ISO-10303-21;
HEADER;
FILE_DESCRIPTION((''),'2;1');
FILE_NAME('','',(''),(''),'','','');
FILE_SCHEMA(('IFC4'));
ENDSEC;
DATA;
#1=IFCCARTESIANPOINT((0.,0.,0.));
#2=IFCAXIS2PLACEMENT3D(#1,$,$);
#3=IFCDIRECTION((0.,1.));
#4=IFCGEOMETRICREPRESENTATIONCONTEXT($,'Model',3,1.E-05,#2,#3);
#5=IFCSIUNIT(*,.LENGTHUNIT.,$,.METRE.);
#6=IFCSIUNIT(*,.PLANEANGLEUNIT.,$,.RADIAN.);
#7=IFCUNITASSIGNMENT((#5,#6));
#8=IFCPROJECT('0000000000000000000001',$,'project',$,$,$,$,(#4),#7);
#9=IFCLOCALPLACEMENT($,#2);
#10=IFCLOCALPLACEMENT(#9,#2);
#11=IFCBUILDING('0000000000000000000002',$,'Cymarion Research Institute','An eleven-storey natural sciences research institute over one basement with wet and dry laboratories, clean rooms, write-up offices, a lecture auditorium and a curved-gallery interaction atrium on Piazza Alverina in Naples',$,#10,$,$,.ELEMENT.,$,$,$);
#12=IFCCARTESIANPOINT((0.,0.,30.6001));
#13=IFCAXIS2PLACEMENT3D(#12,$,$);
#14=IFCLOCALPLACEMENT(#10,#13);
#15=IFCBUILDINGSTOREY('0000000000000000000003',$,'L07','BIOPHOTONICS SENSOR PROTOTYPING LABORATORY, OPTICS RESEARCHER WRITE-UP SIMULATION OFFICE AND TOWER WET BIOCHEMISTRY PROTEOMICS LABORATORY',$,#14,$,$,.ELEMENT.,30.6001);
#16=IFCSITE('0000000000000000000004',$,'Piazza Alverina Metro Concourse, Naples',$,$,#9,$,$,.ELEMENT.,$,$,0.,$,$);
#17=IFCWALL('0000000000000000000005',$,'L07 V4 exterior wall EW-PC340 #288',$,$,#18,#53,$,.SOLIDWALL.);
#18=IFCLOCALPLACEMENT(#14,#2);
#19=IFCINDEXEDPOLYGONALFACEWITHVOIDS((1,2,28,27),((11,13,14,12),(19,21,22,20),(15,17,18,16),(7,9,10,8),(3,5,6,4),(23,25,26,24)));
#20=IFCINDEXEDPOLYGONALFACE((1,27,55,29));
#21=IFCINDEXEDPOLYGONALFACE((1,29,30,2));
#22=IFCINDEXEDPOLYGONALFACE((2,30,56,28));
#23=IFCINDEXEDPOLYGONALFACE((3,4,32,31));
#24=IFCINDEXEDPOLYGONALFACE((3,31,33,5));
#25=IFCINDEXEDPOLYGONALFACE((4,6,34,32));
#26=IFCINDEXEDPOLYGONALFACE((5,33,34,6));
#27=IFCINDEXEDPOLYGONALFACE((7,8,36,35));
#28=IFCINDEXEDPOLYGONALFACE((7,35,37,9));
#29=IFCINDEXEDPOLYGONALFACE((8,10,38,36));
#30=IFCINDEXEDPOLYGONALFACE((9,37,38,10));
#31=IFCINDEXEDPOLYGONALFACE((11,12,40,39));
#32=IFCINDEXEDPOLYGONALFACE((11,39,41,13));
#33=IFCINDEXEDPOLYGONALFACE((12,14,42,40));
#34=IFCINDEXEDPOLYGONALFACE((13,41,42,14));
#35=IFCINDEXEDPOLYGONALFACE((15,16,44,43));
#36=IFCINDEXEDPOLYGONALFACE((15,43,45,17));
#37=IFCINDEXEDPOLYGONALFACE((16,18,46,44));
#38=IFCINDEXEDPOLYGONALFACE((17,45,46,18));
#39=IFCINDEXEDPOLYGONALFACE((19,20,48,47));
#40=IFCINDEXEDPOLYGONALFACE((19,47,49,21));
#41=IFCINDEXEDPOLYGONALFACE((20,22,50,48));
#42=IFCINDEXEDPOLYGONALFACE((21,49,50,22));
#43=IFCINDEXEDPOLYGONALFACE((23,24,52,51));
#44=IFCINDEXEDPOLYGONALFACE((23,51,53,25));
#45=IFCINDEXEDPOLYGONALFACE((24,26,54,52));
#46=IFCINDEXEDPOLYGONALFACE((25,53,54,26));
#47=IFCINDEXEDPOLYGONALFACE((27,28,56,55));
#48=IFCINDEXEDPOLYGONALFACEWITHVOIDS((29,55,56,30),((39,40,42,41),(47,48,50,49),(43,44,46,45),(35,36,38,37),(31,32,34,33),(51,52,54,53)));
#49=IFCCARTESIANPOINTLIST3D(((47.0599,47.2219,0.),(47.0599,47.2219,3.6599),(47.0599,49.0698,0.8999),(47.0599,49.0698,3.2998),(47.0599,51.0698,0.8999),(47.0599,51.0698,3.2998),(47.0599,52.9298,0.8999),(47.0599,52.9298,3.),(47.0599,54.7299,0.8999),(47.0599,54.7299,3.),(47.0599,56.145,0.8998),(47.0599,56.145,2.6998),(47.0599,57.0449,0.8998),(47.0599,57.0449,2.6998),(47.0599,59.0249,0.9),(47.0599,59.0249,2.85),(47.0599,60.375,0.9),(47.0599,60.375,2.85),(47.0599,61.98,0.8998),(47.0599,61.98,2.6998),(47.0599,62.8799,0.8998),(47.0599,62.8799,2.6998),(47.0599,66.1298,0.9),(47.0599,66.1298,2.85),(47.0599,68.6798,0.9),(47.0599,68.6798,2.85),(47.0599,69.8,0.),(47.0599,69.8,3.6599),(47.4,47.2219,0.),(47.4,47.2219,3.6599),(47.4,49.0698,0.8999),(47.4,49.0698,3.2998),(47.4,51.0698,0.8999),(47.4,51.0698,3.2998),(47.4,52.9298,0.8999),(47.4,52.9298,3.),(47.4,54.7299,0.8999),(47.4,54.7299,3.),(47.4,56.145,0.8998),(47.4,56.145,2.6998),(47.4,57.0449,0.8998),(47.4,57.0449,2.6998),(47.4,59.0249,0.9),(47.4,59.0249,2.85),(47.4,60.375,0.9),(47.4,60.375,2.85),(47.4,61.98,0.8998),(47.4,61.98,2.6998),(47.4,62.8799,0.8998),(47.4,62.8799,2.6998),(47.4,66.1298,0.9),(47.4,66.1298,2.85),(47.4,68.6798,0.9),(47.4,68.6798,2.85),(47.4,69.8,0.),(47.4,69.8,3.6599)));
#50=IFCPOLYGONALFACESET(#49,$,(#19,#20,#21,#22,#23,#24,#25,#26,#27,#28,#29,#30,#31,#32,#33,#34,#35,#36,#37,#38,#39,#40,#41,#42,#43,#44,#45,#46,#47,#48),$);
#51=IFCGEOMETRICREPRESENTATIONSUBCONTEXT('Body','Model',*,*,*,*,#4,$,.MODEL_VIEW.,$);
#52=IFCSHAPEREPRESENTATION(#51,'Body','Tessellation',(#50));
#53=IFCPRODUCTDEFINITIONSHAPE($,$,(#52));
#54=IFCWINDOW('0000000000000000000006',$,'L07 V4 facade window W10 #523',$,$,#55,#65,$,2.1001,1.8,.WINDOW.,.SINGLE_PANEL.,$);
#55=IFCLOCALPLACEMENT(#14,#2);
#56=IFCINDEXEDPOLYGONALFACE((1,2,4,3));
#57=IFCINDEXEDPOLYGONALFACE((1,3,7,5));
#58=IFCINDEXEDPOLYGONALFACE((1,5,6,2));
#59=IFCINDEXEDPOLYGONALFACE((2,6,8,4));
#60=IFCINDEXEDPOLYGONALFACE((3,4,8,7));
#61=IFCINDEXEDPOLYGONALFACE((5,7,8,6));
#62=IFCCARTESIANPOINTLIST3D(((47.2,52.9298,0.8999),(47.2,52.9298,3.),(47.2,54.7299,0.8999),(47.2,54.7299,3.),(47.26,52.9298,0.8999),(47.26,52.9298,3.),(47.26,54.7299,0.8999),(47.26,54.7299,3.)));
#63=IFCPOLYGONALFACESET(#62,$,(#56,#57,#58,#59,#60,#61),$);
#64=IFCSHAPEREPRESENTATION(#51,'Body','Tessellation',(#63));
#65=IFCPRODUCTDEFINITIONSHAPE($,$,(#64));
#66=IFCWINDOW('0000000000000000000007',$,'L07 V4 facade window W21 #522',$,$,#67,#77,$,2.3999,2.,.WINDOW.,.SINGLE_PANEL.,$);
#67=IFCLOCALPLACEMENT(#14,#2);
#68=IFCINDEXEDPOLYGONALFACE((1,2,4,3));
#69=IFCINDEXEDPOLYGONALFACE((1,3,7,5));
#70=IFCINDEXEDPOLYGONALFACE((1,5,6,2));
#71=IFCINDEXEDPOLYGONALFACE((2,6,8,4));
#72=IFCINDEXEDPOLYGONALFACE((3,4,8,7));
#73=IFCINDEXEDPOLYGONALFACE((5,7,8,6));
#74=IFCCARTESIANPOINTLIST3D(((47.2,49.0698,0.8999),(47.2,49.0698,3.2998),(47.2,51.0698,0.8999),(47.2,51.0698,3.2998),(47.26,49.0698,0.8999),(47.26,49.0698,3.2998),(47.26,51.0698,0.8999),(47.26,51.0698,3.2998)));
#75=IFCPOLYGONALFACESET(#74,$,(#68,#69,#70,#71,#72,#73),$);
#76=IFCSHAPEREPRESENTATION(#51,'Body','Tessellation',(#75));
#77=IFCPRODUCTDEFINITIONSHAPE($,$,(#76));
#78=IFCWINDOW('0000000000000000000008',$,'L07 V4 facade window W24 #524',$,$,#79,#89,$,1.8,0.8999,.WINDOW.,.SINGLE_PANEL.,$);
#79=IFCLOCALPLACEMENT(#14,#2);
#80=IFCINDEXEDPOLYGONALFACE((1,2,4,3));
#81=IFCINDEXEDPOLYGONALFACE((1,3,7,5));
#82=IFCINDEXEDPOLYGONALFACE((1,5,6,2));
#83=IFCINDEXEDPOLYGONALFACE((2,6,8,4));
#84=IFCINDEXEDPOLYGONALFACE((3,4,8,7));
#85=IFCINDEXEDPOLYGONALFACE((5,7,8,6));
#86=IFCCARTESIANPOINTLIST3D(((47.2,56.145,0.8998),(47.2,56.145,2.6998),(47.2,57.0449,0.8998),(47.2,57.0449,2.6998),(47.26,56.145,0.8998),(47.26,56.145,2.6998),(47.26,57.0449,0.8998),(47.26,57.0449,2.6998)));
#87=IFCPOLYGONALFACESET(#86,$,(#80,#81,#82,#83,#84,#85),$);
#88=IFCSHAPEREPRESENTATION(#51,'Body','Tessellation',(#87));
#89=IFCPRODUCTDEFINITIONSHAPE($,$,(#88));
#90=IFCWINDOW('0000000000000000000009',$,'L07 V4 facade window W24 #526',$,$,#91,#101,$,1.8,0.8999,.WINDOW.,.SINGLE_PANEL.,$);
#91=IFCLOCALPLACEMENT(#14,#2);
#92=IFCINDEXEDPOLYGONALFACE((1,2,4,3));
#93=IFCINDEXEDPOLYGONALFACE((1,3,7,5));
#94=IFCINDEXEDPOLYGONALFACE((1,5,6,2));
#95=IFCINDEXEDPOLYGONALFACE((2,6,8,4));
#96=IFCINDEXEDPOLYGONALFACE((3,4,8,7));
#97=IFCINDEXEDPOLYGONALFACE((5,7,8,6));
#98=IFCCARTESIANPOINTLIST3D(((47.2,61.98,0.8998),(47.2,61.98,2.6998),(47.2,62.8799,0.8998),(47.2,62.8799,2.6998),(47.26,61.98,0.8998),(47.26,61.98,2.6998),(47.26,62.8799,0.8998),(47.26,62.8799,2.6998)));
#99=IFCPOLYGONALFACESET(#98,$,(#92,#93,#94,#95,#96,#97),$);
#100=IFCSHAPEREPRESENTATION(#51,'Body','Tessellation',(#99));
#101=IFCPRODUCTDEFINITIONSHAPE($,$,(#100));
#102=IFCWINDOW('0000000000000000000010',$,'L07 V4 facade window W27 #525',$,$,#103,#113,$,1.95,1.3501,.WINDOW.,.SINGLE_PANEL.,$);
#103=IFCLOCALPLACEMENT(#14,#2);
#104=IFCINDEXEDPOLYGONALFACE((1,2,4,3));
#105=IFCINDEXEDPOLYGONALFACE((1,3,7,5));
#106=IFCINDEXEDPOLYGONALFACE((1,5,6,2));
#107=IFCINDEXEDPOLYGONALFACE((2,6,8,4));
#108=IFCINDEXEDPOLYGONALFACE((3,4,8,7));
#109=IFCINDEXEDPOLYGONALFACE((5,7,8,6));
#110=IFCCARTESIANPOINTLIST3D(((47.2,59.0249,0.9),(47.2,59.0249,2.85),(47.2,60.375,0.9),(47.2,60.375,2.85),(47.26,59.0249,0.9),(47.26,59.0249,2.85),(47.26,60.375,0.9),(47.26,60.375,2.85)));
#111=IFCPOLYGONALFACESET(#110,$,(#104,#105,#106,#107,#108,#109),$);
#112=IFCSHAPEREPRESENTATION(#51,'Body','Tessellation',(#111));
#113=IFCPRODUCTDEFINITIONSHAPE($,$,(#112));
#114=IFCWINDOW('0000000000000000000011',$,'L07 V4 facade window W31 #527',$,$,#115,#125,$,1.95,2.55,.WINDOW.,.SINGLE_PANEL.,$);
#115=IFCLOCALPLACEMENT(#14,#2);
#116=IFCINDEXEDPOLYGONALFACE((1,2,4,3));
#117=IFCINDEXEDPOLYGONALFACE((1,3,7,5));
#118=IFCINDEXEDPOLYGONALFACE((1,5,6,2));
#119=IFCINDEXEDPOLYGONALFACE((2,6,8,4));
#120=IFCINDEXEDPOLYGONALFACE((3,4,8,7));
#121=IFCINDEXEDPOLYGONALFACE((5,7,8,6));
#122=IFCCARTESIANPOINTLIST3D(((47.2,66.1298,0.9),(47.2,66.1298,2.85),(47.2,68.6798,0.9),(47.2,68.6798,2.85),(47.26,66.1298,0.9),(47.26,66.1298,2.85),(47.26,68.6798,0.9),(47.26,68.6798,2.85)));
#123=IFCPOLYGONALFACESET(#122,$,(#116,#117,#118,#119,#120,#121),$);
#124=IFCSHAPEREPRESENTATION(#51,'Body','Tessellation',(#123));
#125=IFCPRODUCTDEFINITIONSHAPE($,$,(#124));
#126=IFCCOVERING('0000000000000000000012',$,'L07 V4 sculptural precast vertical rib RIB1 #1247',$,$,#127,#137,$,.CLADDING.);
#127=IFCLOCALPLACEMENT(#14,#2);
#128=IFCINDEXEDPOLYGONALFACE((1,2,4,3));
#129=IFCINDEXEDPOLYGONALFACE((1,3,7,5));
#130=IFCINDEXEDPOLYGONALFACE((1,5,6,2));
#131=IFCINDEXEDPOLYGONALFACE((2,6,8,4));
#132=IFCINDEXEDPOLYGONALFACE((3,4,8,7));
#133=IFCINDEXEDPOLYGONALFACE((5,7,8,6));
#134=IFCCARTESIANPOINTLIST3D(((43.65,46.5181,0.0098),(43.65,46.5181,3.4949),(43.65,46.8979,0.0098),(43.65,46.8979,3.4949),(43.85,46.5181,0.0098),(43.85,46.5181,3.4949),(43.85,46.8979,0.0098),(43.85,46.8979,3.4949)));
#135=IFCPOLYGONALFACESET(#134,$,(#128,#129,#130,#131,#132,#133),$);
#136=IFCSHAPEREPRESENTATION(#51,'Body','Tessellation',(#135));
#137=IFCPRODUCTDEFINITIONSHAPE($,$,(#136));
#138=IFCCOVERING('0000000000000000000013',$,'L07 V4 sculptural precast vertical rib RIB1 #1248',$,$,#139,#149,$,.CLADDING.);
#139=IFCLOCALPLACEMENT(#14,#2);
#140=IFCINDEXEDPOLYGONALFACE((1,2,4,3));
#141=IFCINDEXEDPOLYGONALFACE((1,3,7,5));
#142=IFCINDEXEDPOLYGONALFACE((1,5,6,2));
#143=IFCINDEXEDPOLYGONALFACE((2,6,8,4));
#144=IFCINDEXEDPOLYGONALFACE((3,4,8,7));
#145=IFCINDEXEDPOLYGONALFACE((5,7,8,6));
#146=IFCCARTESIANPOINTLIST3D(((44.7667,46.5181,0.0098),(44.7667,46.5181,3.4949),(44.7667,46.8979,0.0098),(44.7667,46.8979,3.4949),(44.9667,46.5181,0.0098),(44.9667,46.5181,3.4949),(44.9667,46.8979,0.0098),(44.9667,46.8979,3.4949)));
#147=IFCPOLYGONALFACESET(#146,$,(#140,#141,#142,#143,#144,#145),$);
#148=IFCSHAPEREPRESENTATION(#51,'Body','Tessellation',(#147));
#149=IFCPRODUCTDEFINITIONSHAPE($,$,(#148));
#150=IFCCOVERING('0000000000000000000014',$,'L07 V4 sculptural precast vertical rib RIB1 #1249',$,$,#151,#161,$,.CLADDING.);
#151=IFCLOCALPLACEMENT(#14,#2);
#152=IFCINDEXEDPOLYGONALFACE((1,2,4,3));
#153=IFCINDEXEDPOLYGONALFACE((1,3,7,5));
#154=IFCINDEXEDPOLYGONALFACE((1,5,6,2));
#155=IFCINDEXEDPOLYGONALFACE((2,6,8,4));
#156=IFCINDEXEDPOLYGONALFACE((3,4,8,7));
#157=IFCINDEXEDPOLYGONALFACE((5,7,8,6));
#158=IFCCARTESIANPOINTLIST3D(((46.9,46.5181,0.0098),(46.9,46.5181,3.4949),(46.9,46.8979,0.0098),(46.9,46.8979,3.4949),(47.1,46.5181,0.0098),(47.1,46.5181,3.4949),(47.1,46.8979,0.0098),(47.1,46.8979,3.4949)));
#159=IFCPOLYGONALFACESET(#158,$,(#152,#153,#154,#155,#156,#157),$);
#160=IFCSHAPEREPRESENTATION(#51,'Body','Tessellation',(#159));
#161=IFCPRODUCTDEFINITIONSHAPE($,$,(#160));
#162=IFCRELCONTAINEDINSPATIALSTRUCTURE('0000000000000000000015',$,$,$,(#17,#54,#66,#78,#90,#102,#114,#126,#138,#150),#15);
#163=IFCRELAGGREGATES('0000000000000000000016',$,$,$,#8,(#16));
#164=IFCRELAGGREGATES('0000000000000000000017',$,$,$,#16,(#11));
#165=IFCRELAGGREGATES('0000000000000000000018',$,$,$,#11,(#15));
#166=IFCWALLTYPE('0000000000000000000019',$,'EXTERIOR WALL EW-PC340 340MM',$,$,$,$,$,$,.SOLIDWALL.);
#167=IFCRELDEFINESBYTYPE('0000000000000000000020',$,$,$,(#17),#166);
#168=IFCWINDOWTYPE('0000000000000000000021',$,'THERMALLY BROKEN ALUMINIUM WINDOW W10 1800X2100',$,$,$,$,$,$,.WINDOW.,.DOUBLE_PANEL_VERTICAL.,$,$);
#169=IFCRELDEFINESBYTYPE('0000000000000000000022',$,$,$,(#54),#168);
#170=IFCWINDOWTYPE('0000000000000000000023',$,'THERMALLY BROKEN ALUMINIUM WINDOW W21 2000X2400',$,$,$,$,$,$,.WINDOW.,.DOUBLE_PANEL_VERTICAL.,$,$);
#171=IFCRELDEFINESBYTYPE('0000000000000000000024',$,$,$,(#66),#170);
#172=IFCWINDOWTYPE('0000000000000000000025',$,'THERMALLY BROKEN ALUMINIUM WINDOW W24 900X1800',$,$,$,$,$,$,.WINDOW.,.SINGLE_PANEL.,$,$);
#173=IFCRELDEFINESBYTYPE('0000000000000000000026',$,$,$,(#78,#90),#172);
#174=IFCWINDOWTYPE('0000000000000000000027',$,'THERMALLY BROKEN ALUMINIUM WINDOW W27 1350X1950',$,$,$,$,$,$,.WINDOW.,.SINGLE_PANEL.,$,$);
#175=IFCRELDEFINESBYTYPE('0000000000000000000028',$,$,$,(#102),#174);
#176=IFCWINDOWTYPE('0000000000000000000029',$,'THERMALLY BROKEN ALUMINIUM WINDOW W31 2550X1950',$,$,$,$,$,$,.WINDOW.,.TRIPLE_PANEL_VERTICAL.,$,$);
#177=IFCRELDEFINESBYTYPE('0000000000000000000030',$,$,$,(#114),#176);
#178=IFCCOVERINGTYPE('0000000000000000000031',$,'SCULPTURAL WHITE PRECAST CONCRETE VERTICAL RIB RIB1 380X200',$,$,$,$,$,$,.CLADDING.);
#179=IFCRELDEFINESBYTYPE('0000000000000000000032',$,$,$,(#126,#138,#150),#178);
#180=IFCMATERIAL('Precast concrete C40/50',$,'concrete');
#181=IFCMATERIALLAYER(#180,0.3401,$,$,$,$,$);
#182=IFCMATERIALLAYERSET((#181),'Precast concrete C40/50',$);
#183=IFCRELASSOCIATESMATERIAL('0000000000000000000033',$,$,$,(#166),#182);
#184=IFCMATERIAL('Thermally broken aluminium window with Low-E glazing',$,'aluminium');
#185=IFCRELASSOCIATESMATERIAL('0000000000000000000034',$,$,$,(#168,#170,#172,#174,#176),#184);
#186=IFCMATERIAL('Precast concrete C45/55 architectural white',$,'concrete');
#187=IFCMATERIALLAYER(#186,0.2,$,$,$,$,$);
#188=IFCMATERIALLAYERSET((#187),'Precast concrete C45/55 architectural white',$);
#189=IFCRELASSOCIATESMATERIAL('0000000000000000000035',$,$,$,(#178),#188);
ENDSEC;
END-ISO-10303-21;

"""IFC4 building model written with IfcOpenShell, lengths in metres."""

from ifc_helpers import new_model, si_unit, direction, frame, frame_2d, origin, origin_2d, place, context, subcontext, project, spatial, rectangle, extrude, material, layer, layer_set, type_object, element, fill, save


model = new_model("IFC4")

# Units and contexts
model_context = context("Model", 3, precision=1e-05, world=origin(), true_north=direction((0.0, 1.0)))
body_context = subcontext(model_context, "Body", "Model", "MODEL_VIEW")
ifc_project = project(units=[si_unit("LENGTHUNIT", "METRE"), si_unit("PLANEANGLEUNIT", "RADIAN")], contexts=[model_context])

# Site, building, storey
site_placement = place(None, origin())
site = spatial("IfcSite", under=ifc_project, at=site_placement, Name="Piazza Alverina Metro Concourse, Naples", CompositionType="ELEMENT", RefElevation=0.0)
building_placement = place(site_placement, origin())
building = spatial("IfcBuilding", under=site, at=building_placement, Name="Cymarion Research Institute", Description="An eleven-storey natural sciences research institute over one basement with wet and dry laboratories, clean rooms, write-up offices, a lecture auditorium and a curved-gallery interaction atrium on Piazza Alverina in Naples", CompositionType="ELEMENT")
storey_placement = place(building_placement, frame((0.0, 0.0, 30.6001)))
storey = spatial("IfcBuildingStorey", under=building, at=storey_placement, Name="L07", Description="BIOPHOTONICS SENSOR PROTOTYPING LABORATORY, OPTICS RESEARCHER WRITE-UP SIMULATION OFFICE AND TOWER WET BIOCHEMISTRY PROTEOMICS LABORATORY", CompositionType="ELEMENT", Elevation=30.6001)

# Wall, openings, windows
ifc_material_1 = material(Name="Precast concrete C40/50", Category="concrete")
ifc_layer_1 = layer(ifc_material_1, 0.3401)
ifc_layer_set_1 = layer_set([ifc_layer_1], Name="Precast concrete C40/50")
wall_type = type_object("IfcWallType", Name="EXTERIOR WALL EW-PC340 340MM", PredefinedType="SOLIDWALL", material=ifc_layer_set_1)
wall_placement = place(storey_placement, frame((47.23, 47.2219, 0.0), z_axis=(0.0, 0.0, 1.0), x_axis=(0.0, 1.0, 0.0)))
wall = element("IfcWall", 1, at=wall_placement, inside=storey, type_object=wall_type, Name="L07 V4 exterior wall EW-PC340 #288", PredefinedType="SOLIDWALL", context=body_context, shape_type="SweptSolid", body=[
    extrude(rectangle(XDim=22.5781, YDim=0.3401, at=frame_2d((11.2891, 0.0))), origin(), (0.0, 0.0, 1.0), 3.6599),
])
opening_1_placement = place(wall_placement, frame((1.8479, 0.0, 0.8999)))
opening_1 = element("IfcOpeningElement", 2, at=opening_1_placement, cuts=wall, PredefinedType="OPENING", context=body_context, shape_type="SweptSolid", body=[
    extrude(rectangle(XDim=2.0, YDim=2.3999, at=frame_2d((1.0, 1.2))), frame((0.0, 0.1799, 0.0), z_axis=(0.0, -1.0, 0.0), x_axis=(1.0, 0.0, 0.0)), (0.0, 0.0, 1.0), 0.3601),
])
opening_2_placement = place(wall_placement, frame((5.708, 0.0, 0.8999)))
opening_2 = element("IfcOpeningElement", 3, at=opening_2_placement, cuts=wall, PredefinedType="OPENING", context=body_context, shape_type="SweptSolid", body=[
    extrude(rectangle(XDim=1.8, YDim=2.1001, at=frame_2d((0.8999, 1.05))), frame((0.0, 0.1799, 0.0), z_axis=(0.0, -1.0, 0.0), x_axis=(1.0, 0.0, 0.0)), (0.0, 0.0, 1.0), 0.3601),
])
opening_3_placement = place(wall_placement, frame((8.9231, 0.0, 0.8999)))
opening_3 = element("IfcOpeningElement", 4, at=opening_3_placement, cuts=wall, PredefinedType="OPENING", context=body_context, shape_type="SweptSolid", body=[
    extrude(rectangle(XDim=0.8999, YDim=1.8, at=frame_2d((0.45, 0.8999))), frame((0.0, 0.1799, 0.0), z_axis=(0.0, -1.0, 0.0), x_axis=(1.0, 0.0, 0.0)), (0.0, 0.0, 1.0), 0.3601),
])
opening_4_placement = place(wall_placement, frame((11.803, 0.0, 0.8999)))
opening_4 = element("IfcOpeningElement", 5, at=opening_4_placement, cuts=wall, PredefinedType="OPENING", context=body_context, shape_type="SweptSolid", body=[
    extrude(rectangle(XDim=1.3501, YDim=1.95, at=frame_2d((0.675, 0.9751))), frame((0.0, 0.1799, 0.0), z_axis=(0.0, -1.0, 0.0), x_axis=(1.0, 0.0, 0.0)), (0.0, 0.0, 1.0), 0.3601),
])
opening_5_placement = place(wall_placement, frame((14.7581, 0.0, 0.8999)))
opening_5 = element("IfcOpeningElement", 6, at=opening_5_placement, cuts=wall, PredefinedType="OPENING", context=body_context, shape_type="SweptSolid", body=[
    extrude(rectangle(XDim=0.8999, YDim=1.8, at=frame_2d((0.45, 0.8999))), frame((0.0, 0.1799, 0.0), z_axis=(0.0, -1.0, 0.0), x_axis=(1.0, 0.0, 0.0)), (0.0, 0.0, 1.0), 0.3601),
])
opening_6_placement = place(wall_placement, frame((18.908, 0.0, 0.8999)))
opening_6 = element("IfcOpeningElement", 7, at=opening_6_placement, cuts=wall, PredefinedType="OPENING", context=body_context, shape_type="SweptSolid", body=[
    extrude(rectangle(XDim=2.55, YDim=1.95, at=frame_2d((1.2749, 0.9751))), frame((0.0, 0.1799, 0.0), z_axis=(0.0, -1.0, 0.0), x_axis=(1.0, 0.0, 0.0)), (0.0, 0.0, 1.0), 0.3601),
])
ifc_material_2 = material(Name="Thermally broken aluminium window with Low-E glazing", Category="aluminium")
window_type_1 = type_object("IfcWindowType", Name="THERMALLY BROKEN ALUMINIUM WINDOW W10 1800X2100", PartitioningType="DOUBLE_PANEL_VERTICAL", PredefinedType="WINDOW", material=ifc_material_2)
window_1_placement = place(opening_2_placement, origin())
window_1 = element("IfcWindow", 8, at=window_1_placement, inside=storey, type_object=window_type_1, Name="L07 V4 facade window W10 #523", OverallHeight=2.1001, OverallWidth=1.8, PartitioningType="SINGLE_PANEL", PredefinedType="WINDOW", context=body_context, shape_type="SweptSolid", body=[
    extrude(rectangle(XDim=1.8, YDim=2.1001, at=frame_2d((0.8999, 1.05))), frame((0.0, 0.03, 0.0), z_axis=(0.0, -1.0, 0.0), x_axis=(1.0, 0.0, 0.0)), (0.0, 0.0, 1.0), 0.0601),
])
fill(opening_2, window_1)
window_type_2 = type_object("IfcWindowType", Name="THERMALLY BROKEN ALUMINIUM WINDOW W21 2000X2400", PartitioningType="DOUBLE_PANEL_VERTICAL", PredefinedType="WINDOW", material=ifc_material_2)
window_2_placement = place(opening_1_placement, origin())
window_2 = element("IfcWindow", 9, at=window_2_placement, inside=storey, type_object=window_type_2, Name="L07 V4 facade window W21 #522", OverallHeight=2.3999, OverallWidth=2.0, PartitioningType="SINGLE_PANEL", PredefinedType="WINDOW", context=body_context, shape_type="SweptSolid", body=[
    extrude(rectangle(XDim=2.0, YDim=2.3999, at=frame_2d((1.0, 1.2))), frame((0.0, 0.03, 0.0), z_axis=(0.0, -1.0, 0.0), x_axis=(1.0, 0.0, 0.0)), (0.0, 0.0, 1.0), 0.0601),
])
fill(opening_1, window_2)
window_type_3 = type_object("IfcWindowType", Name="THERMALLY BROKEN ALUMINIUM WINDOW W24 900X1800", PartitioningType="SINGLE_PANEL", PredefinedType="WINDOW", material=ifc_material_2)
window_3_placement = place(opening_3_placement, origin())
window_3 = element("IfcWindow", 10, at=window_3_placement, inside=storey, type_object=window_type_3, Name="L07 V4 facade window W24 #524", OverallHeight=1.8, OverallWidth=0.8999, PartitioningType="SINGLE_PANEL", PredefinedType="WINDOW", context=body_context, shape_type="SweptSolid", body=[
    extrude(rectangle(XDim=0.8999, YDim=1.8, at=frame_2d((0.45, 0.8999))), frame((0.0, 0.03, 0.0), z_axis=(0.0, -1.0, 0.0), x_axis=(1.0, 0.0, 0.0)), (0.0, 0.0, 1.0), 0.0601),
])
fill(opening_3, window_3)
window_4_placement = place(opening_5_placement, origin())
window_4 = element("IfcWindow", 11, at=window_4_placement, inside=storey, type_object=window_type_3, Name="L07 V4 facade window W24 #526", OverallHeight=1.8, OverallWidth=0.8999, PartitioningType="SINGLE_PANEL", PredefinedType="WINDOW", context=body_context, shape_type="SweptSolid", body=[
    extrude(rectangle(XDim=0.8999, YDim=1.8, at=frame_2d((0.45, 0.8999))), frame((0.0, 0.03, 0.0), z_axis=(0.0, -1.0, 0.0), x_axis=(1.0, 0.0, 0.0)), (0.0, 0.0, 1.0), 0.0601),
])
fill(opening_5, window_4)
window_type_4 = type_object("IfcWindowType", Name="THERMALLY BROKEN ALUMINIUM WINDOW W27 1350X1950", PartitioningType="SINGLE_PANEL", PredefinedType="WINDOW", material=ifc_material_2)
window_5_placement = place(opening_4_placement, origin())
window_5 = element("IfcWindow", 12, at=window_5_placement, inside=storey, type_object=window_type_4, Name="L07 V4 facade window W27 #525", OverallHeight=1.95, OverallWidth=1.3501, PartitioningType="SINGLE_PANEL", PredefinedType="WINDOW", context=body_context, shape_type="SweptSolid", body=[
    extrude(rectangle(XDim=1.3501, YDim=1.95, at=frame_2d((0.675, 0.9751))), frame((0.0, 0.03, 0.0), z_axis=(0.0, -1.0, 0.0), x_axis=(1.0, 0.0, 0.0)), (0.0, 0.0, 1.0), 0.0601),
])
fill(opening_4, window_5)
window_type_5 = type_object("IfcWindowType", Name="THERMALLY BROKEN ALUMINIUM WINDOW W31 2550X1950", PartitioningType="TRIPLE_PANEL_VERTICAL", PredefinedType="WINDOW", material=ifc_material_2)
window_6_placement = place(opening_6_placement, origin())
window_6 = element("IfcWindow", 13, at=window_6_placement, inside=storey, type_object=window_type_5, Name="L07 V4 facade window W31 #527", OverallHeight=1.95, OverallWidth=2.55, PartitioningType="SINGLE_PANEL", PredefinedType="WINDOW", context=body_context, shape_type="SweptSolid", body=[
    extrude(rectangle(XDim=2.55, YDim=1.95, at=frame_2d((1.2749, 0.9751))), frame((0.0, 0.03, 0.0), z_axis=(0.0, -1.0, 0.0), x_axis=(1.0, 0.0, 0.0)), (0.0, 0.0, 1.0), 0.0601),
])
fill(opening_6, window_6)

# Coverings
ifc_material_3 = material(Name="Precast concrete C45/55 architectural white", Category="concrete")
ifc_layer_2 = layer(ifc_material_3, 0.2)
ifc_layer_set_2 = layer_set([ifc_layer_2], Name="Precast concrete C45/55 architectural white")
covering_type = type_object("IfcCoveringType", Name="SCULPTURAL WHITE PRECAST CONCRETE VERTICAL RIB RIB1 380X200", PredefinedType="CLADDING", material=ifc_layer_set_2)
for number, where, z_axis, x_axis, name in (
    (14, (43.75, 46.708, 0.0098), (0.0, 0.0, 1.0), (0.0, -1.0, 0.0), "L07 V4 sculptural precast vertical rib RIB1 #1247"),
    (15, (44.8667, 46.708, 0.0098), (0.0, 0.0, 1.0), (0.0, -1.0, 0.0), "L07 V4 sculptural precast vertical rib RIB1 #1248"),
    (16, (47.0, 46.708, 0.0098), (0.0, 0.0, 1.0), (0.0, -1.0, 0.0), "L07 V4 sculptural precast vertical rib RIB1 #1249"),
):
    element("IfcCovering", number, at=place(storey_placement, frame(where, z_axis=z_axis, x_axis=x_axis)), inside=storey, type_object=covering_type, Name=name, PredefinedType="CLADDING", context=body_context, shape_type="SweptSolid", body=[
        extrude(rectangle(XDim=0.3799, YDim=0.2, at=origin_2d()), origin(), (0.0, 0.0, 1.0), 3.4851),
    ])

save(model, "model.ifc")
